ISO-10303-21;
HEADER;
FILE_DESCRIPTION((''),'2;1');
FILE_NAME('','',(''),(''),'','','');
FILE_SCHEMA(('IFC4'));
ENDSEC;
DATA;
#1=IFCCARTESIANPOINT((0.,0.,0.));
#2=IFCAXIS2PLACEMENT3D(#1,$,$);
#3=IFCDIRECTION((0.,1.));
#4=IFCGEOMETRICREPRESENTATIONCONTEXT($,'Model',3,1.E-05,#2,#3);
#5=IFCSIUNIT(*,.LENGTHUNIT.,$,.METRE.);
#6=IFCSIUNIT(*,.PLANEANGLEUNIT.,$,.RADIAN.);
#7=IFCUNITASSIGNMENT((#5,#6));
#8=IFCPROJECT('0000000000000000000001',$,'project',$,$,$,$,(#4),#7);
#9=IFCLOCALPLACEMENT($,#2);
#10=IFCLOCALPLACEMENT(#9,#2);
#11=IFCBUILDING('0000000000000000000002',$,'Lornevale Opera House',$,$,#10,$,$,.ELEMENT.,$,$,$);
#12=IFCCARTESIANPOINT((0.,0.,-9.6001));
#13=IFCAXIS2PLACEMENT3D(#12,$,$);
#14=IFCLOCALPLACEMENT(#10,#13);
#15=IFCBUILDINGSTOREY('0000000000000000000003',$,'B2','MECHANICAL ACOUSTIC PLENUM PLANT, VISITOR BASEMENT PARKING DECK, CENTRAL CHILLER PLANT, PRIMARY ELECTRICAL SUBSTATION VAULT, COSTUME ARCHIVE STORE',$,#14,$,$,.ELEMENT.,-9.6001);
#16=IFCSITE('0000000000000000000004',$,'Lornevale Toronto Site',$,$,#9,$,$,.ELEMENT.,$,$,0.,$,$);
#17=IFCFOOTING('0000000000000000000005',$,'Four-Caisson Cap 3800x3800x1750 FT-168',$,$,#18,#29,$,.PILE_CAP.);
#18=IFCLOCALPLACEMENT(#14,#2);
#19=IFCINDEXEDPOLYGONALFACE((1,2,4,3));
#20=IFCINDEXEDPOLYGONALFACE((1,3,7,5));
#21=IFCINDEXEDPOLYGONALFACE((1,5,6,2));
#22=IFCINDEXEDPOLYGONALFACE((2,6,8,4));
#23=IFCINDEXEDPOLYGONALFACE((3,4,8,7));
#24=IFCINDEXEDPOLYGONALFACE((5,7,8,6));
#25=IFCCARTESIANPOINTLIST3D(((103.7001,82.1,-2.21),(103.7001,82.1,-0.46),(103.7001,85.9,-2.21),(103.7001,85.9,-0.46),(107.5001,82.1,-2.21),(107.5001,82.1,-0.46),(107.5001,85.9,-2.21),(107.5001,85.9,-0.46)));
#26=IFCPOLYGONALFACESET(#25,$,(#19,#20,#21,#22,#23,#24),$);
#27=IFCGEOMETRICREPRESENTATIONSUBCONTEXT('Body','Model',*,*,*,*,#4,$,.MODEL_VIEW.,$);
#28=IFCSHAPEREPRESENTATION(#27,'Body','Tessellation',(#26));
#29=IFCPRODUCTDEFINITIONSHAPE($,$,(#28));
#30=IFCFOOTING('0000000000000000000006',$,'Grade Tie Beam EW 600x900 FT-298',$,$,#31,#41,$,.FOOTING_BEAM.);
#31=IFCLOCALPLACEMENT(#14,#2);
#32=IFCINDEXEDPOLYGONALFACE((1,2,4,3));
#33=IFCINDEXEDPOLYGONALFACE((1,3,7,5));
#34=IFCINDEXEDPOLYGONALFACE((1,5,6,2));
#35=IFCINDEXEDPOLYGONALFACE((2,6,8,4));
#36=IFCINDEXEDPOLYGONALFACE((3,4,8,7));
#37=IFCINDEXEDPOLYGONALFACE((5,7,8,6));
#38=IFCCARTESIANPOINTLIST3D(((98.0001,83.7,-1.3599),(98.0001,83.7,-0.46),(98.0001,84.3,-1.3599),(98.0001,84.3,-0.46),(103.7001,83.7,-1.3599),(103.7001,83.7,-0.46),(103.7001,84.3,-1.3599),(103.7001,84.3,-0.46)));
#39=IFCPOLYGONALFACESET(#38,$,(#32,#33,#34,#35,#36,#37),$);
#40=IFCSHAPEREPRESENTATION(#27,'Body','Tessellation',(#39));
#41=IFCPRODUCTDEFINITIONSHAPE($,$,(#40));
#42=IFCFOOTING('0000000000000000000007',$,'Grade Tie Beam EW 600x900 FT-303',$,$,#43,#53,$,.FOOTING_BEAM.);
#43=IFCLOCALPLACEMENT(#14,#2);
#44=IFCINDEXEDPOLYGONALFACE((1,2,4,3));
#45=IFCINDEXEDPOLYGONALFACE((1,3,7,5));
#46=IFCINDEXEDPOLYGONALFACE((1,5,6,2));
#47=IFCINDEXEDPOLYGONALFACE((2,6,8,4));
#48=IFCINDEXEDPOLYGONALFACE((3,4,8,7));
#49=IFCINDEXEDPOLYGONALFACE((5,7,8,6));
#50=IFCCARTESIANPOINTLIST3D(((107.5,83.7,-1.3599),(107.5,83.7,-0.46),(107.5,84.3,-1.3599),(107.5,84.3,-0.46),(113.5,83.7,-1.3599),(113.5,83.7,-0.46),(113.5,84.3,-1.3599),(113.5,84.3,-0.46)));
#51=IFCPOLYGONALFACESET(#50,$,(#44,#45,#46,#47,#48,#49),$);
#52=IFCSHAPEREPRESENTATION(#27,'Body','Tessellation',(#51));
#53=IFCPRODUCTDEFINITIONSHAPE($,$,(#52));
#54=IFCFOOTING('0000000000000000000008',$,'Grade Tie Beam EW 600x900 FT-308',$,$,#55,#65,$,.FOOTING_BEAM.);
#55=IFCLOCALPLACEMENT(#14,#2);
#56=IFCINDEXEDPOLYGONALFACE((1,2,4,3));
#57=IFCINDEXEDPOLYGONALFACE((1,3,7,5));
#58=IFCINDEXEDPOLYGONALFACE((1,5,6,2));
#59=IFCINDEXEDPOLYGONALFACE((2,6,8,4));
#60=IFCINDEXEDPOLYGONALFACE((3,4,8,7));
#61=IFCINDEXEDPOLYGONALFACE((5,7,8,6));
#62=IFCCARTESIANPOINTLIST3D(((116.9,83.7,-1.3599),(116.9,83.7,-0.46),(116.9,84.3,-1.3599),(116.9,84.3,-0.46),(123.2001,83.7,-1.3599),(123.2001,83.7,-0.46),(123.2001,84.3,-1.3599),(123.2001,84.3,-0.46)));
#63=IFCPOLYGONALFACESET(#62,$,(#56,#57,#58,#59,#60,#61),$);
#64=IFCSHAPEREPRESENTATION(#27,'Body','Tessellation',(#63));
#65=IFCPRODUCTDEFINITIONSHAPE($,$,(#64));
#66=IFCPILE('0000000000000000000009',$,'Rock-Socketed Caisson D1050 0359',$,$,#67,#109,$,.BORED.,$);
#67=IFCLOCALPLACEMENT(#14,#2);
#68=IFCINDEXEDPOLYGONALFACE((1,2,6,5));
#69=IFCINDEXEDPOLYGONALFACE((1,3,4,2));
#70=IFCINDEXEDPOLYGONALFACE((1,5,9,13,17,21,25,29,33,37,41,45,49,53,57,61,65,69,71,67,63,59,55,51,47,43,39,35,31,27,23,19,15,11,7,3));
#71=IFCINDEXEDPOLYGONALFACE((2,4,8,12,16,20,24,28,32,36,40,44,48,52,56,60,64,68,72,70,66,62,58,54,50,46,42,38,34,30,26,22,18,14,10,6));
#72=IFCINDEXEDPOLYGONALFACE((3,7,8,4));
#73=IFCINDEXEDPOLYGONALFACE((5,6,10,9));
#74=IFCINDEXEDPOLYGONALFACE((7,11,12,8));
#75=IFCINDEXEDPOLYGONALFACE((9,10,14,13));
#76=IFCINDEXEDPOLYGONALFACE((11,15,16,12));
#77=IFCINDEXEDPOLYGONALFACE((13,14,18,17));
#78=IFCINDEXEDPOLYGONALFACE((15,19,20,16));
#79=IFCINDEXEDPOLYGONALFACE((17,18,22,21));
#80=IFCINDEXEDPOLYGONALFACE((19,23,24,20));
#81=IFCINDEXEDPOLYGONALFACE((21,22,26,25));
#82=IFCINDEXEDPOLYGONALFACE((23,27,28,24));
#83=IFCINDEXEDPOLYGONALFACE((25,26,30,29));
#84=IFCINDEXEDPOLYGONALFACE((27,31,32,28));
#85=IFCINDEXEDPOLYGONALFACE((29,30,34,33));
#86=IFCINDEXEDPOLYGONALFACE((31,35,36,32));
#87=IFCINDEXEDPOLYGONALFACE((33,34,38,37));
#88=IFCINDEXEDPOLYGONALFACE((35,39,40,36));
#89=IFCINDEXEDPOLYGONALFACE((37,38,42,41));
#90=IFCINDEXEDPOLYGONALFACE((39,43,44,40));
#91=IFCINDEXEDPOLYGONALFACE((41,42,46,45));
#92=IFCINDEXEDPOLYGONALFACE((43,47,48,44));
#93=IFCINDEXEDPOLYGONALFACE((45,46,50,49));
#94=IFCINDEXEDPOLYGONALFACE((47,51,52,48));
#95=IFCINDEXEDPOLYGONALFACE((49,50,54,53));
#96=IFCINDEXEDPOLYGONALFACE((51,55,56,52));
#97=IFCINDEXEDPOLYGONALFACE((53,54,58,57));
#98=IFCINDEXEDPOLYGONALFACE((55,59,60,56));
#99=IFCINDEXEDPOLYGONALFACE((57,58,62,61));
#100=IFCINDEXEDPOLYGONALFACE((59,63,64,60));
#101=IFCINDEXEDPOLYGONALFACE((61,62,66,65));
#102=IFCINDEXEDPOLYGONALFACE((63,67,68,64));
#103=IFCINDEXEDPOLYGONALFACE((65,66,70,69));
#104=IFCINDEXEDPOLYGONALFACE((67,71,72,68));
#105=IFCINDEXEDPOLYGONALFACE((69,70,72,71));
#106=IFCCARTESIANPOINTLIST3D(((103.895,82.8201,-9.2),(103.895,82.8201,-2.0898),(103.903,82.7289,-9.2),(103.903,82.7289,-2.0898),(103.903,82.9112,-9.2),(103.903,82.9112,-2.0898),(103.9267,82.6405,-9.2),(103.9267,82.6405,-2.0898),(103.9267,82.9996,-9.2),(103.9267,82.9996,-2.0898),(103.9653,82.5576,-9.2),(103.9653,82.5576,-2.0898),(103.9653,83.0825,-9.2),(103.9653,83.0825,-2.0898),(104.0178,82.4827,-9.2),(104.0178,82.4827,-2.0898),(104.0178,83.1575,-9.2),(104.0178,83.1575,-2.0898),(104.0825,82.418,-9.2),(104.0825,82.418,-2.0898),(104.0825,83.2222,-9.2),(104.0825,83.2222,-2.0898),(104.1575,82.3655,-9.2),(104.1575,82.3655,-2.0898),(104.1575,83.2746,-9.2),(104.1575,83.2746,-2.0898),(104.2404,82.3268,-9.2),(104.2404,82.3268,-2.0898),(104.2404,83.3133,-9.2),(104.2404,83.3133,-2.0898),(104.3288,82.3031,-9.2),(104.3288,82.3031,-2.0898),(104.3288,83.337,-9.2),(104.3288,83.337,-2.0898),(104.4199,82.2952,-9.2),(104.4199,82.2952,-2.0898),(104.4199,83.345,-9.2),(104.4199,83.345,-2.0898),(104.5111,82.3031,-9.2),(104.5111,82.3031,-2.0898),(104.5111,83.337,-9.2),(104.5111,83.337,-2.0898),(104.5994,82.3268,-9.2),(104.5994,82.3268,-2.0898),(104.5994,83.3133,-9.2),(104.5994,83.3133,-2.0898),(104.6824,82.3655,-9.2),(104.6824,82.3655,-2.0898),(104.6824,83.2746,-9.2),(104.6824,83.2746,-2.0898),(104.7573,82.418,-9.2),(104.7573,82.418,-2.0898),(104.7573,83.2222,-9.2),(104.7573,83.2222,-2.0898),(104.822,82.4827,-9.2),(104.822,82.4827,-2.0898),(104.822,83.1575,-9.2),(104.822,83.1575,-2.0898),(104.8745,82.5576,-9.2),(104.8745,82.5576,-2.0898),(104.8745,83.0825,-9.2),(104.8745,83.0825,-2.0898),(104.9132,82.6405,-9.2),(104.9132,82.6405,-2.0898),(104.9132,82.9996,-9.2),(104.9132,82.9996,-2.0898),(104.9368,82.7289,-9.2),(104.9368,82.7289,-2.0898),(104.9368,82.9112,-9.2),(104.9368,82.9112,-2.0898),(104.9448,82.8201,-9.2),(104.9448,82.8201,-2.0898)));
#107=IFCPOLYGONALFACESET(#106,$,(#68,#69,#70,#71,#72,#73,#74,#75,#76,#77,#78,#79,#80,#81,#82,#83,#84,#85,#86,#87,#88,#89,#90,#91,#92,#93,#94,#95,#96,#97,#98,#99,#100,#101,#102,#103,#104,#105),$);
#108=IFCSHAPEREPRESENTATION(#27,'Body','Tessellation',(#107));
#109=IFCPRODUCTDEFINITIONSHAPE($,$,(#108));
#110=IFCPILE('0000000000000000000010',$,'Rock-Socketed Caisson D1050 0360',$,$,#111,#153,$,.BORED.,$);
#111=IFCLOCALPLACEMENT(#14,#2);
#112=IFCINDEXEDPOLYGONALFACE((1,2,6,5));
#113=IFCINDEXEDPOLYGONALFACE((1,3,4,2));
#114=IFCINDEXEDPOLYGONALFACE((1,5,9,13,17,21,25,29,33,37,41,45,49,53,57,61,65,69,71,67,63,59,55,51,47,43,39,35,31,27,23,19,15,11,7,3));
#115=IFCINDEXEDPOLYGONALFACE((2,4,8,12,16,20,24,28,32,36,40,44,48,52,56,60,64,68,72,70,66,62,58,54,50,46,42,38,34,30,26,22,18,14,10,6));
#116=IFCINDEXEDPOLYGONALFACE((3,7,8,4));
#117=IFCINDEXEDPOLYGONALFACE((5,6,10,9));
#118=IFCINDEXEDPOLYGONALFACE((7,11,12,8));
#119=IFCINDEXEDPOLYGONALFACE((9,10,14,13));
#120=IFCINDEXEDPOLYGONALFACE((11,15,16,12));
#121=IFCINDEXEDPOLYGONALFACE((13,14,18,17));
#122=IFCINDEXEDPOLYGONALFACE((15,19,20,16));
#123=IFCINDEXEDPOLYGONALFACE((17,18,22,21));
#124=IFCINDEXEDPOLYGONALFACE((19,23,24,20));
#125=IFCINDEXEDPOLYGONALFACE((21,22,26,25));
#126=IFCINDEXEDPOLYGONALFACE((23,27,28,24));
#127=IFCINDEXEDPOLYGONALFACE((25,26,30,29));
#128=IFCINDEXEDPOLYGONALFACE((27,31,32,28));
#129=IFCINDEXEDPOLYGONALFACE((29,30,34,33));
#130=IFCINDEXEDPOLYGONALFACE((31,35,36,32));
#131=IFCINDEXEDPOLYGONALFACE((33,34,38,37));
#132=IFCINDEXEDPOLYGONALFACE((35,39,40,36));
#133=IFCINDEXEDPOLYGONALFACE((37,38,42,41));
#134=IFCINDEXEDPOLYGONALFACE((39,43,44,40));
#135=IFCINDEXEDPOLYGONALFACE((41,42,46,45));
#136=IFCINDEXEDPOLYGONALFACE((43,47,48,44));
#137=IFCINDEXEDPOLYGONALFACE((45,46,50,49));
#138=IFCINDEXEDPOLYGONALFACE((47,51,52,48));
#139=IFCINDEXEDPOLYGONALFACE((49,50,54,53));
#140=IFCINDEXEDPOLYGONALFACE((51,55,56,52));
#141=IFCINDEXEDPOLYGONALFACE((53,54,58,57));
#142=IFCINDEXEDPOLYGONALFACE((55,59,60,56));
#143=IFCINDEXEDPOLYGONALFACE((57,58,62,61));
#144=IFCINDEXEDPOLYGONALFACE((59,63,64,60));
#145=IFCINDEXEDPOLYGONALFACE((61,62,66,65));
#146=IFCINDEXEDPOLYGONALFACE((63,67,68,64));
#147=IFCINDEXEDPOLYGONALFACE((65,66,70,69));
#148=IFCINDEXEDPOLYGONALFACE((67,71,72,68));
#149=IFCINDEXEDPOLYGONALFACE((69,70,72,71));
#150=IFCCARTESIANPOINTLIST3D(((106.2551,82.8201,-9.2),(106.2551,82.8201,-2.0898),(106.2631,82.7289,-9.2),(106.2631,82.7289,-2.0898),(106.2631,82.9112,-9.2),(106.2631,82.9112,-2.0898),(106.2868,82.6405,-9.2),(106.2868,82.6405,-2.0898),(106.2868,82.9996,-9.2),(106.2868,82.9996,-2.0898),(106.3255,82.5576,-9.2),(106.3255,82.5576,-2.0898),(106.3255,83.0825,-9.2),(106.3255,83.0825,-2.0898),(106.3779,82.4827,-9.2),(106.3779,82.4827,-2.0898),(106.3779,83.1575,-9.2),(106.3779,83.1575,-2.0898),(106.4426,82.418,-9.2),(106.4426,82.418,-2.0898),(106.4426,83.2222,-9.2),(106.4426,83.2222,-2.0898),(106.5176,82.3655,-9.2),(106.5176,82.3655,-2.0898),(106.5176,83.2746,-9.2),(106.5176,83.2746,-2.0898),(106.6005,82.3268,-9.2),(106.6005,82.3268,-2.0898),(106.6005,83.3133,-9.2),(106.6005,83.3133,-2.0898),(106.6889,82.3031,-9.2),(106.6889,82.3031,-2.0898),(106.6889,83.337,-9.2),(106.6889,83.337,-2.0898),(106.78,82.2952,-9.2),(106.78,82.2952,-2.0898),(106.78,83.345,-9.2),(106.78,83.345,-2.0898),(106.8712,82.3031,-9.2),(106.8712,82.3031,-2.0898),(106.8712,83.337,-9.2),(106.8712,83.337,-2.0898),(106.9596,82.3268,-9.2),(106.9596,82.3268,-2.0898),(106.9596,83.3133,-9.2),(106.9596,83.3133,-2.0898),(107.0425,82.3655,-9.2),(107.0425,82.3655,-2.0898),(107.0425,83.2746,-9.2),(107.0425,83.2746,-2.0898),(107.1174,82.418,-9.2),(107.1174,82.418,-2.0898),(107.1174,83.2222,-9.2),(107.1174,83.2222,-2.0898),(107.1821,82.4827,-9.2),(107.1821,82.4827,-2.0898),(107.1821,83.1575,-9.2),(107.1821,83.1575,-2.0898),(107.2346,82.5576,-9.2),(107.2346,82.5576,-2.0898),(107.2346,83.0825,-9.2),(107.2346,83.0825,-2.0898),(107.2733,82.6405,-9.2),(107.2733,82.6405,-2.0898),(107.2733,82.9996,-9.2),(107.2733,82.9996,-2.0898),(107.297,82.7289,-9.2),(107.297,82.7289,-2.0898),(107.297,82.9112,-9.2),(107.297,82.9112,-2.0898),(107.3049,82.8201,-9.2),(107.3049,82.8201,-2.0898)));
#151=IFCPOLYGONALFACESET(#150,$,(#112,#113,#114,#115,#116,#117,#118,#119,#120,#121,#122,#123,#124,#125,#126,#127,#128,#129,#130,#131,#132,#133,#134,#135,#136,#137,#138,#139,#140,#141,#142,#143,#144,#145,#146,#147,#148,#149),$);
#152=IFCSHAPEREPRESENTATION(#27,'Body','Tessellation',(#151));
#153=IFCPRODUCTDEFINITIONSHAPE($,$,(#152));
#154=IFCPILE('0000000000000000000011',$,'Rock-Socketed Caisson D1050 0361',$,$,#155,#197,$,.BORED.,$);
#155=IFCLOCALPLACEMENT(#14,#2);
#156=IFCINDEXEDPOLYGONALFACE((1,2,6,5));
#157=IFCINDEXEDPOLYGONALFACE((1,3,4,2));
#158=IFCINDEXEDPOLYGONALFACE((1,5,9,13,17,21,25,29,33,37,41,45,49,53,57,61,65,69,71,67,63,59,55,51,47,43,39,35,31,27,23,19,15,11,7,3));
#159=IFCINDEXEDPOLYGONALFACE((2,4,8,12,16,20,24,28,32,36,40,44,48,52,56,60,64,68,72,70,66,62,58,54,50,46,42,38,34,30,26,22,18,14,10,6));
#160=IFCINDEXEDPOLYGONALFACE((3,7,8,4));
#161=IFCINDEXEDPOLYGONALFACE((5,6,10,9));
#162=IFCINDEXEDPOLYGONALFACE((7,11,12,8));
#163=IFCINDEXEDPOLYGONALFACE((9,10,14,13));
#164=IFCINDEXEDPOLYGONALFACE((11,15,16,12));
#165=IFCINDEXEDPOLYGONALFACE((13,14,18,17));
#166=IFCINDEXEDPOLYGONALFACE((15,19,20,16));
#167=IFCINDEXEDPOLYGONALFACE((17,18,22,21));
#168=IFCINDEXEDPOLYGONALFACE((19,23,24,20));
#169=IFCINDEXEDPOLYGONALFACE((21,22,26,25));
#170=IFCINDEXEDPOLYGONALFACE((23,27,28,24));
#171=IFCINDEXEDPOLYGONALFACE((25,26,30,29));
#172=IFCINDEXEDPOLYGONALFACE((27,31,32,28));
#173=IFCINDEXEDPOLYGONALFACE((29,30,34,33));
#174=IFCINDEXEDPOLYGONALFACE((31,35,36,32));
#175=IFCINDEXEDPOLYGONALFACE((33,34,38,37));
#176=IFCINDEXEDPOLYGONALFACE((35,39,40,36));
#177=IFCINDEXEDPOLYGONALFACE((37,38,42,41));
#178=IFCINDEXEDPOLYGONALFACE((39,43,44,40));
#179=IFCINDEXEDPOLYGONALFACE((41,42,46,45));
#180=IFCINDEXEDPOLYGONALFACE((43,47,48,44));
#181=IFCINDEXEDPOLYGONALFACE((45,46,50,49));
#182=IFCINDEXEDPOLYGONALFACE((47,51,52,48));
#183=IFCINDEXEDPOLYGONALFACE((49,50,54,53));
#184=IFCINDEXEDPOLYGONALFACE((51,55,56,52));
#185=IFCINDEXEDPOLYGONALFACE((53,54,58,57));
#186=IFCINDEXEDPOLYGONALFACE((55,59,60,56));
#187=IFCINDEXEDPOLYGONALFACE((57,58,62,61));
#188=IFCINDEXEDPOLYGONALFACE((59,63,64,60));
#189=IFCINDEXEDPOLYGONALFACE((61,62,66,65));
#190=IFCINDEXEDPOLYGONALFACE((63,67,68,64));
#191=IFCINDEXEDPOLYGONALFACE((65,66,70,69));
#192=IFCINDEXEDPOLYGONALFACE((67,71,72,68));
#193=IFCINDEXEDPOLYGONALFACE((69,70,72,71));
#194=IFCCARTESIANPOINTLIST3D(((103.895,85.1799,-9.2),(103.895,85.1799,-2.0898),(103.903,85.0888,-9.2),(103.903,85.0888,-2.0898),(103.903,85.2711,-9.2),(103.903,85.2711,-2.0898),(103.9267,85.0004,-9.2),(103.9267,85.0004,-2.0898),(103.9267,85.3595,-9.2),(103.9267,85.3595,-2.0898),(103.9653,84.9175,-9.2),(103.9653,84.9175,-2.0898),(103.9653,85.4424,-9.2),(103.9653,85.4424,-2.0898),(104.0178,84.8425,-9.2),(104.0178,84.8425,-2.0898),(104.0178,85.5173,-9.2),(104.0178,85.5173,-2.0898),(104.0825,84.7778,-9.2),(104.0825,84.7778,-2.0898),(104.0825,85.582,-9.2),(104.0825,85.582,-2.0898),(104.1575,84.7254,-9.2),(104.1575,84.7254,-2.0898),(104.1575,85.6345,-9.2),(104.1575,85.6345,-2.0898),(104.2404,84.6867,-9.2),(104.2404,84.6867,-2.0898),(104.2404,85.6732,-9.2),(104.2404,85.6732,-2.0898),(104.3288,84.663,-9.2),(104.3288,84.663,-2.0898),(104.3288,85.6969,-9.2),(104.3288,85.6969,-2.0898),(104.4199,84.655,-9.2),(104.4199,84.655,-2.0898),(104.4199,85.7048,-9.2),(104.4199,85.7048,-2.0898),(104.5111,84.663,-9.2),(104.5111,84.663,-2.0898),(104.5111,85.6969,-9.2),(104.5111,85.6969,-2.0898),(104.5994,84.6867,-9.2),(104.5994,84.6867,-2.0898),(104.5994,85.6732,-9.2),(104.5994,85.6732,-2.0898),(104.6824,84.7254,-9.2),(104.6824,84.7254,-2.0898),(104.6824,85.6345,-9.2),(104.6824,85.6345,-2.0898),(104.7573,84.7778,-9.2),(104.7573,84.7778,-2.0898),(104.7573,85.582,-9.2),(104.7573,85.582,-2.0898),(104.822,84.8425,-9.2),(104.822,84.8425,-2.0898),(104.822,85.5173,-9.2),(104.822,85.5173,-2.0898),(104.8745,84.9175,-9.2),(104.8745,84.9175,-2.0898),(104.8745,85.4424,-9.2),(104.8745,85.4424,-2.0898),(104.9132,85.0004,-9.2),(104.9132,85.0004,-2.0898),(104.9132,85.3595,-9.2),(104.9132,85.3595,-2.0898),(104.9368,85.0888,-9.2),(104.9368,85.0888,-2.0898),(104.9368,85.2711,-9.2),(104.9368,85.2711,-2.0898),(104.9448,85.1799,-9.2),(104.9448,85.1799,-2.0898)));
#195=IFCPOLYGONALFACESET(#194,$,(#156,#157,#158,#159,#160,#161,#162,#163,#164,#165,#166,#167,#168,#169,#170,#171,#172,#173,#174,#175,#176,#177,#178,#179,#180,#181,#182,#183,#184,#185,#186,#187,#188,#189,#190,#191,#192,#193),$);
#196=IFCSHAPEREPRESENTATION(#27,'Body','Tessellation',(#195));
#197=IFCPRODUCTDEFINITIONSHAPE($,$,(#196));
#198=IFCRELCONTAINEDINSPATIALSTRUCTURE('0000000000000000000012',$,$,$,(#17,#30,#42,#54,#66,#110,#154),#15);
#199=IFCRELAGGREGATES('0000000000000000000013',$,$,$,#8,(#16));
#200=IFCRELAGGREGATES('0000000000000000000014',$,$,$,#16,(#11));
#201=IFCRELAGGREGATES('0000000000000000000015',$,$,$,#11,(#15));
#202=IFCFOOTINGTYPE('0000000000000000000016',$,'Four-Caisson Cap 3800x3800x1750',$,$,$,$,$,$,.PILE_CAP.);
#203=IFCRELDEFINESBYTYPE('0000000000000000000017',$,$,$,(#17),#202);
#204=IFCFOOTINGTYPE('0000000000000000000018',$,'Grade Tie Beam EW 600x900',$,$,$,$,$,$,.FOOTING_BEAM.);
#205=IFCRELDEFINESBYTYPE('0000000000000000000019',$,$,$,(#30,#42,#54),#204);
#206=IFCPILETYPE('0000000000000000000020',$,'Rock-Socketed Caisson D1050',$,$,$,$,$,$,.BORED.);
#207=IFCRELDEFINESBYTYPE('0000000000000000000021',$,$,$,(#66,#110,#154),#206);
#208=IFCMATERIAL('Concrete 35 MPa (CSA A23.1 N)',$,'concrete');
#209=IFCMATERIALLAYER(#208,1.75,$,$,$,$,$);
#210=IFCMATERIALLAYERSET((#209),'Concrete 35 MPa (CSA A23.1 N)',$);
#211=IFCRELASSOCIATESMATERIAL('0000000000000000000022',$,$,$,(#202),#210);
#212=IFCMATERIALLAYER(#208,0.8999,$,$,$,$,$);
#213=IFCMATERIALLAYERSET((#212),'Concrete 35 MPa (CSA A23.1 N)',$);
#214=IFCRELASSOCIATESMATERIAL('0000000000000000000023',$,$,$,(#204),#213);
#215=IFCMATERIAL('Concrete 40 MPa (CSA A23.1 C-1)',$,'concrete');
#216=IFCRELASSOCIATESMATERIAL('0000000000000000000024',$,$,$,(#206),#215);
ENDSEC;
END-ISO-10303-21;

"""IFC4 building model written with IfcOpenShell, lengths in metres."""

from ifc_helpers import new_model, si_unit, direction, frame, origin, origin_2d, place, context, subcontext, project, spatial, rectangle, circle, extrude, material, layer, layer_set, material_profile, profile_set, type_object, element, save


model = new_model("IFC4")

# Units and contexts
model_context = context("Model", 3, precision=1e-05, world=origin(), true_north=direction((0.0, 1.0)))
body_context = subcontext(model_context, "Body", "Model", "MODEL_VIEW")
ifc_project = project(units=[si_unit("LENGTHUNIT", "METRE"), si_unit("PLANEANGLEUNIT", "RADIAN")], contexts=[model_context])

# Site, building, storey
site_placement = place(None, origin())
site = spatial("IfcSite", under=ifc_project, at=site_placement, Name="Lornevale Toronto Site", CompositionType="ELEMENT", RefElevation=0.0)
building_placement = place(site_placement, origin())
building = spatial("IfcBuilding", under=site, at=building_placement, Name="Lornevale Opera House", CompositionType="ELEMENT")
storey_placement = place(building_placement, frame((0.0, 0.0, -9.6001)))
storey = spatial("IfcBuildingStorey", under=building, at=storey_placement, Name="B2", Description="MECHANICAL ACOUSTIC PLENUM PLANT, VISITOR BASEMENT PARKING DECK, CENTRAL CHILLER PLANT, PRIMARY ELECTRICAL SUBSTATION VAULT, COSTUME ARCHIVE STORE", CompositionType="ELEMENT", Elevation=-9.6001)

# Footings
ifc_material_1 = material(Name="Concrete 35 MPa (CSA A23.1 N)", Category="concrete")
ifc_layer_1 = layer(ifc_material_1, 1.75)
ifc_layer_set_1 = layer_set([ifc_layer_1], Name="Concrete 35 MPa (CSA A23.1 N)")
footing_type_1 = type_object("IfcFootingType", Name="Four-Caisson Cap 3800x3800x1750", PredefinedType="PILE_CAP", material=ifc_layer_set_1)
footing_1_placement = place(storey_placement, frame((105.6001, 84.0, -2.21), z_axis=(0.0, 0.0, 1.0), x_axis=(1.0, 0.0, 0.0)))
element("IfcFooting", 1, at=footing_1_placement, inside=storey, type_object=footing_type_1, Name="Four-Caisson Cap 3800x3800x1750 FT-168", PredefinedType="PILE_CAP", context=body_context, shape_type="SweptSolid", body=[
    extrude(rectangle(XDim=3.8, YDim=3.8, at=origin_2d()), origin(), (0.0, 0.0, 1.0), 1.75),
])
ifc_layer_2 = layer(ifc_material_1, 0.8999)
ifc_layer_set_2 = layer_set([ifc_layer_2], Name="Concrete 35 MPa (CSA A23.1 N)")
footing_type_2 = type_object("IfcFootingType", Name="Grade Tie Beam EW 600x900", PredefinedType="FOOTING_BEAM", material=ifc_layer_set_2)
footing_2_placement = place(storey_placement, frame((100.8501, 84.0, -1.3599), z_axis=(0.0, 0.0, 1.0), x_axis=(1.0, 0.0, 0.0)))
element("IfcFooting", 2, at=footing_2_placement, inside=storey, type_object=footing_type_2, Name="Grade Tie Beam EW 600x900 FT-298", PredefinedType="FOOTING_BEAM", context=body_context, shape_type="SweptSolid", body=[
    extrude(rectangle(XDim=5.7, YDim=0.6001, at=origin_2d()), origin(), (0.0, 0.0, 1.0), 0.8999),
])
footing_3_placement = place(storey_placement, frame((110.5, 84.0, -1.3599), z_axis=(0.0, 0.0, 1.0), x_axis=(1.0, 0.0, 0.0)))
element("IfcFooting", 3, at=footing_3_placement, inside=storey, type_object=footing_type_2, Name="Grade Tie Beam EW 600x900 FT-303", PredefinedType="FOOTING_BEAM", context=body_context, shape_type="SweptSolid", body=[
    extrude(rectangle(XDim=6.0, YDim=0.6001, at=origin_2d()), origin(), (0.0, 0.0, 1.0), 0.8999),
])
footing_4_placement = place(storey_placement, frame((120.05, 84.0, -1.3599), z_axis=(0.0, 0.0, 1.0), x_axis=(1.0, 0.0, 0.0)))
element("IfcFooting", 4, at=footing_4_placement, inside=storey, type_object=footing_type_2, Name="Grade Tie Beam EW 600x900 FT-308", PredefinedType="FOOTING_BEAM", context=body_context, shape_type="SweptSolid", body=[
    extrude(rectangle(XDim=6.3, YDim=0.6001, at=origin_2d()), origin(), (0.0, 0.0, 1.0), 0.8999),
])

# Piles
ifc_material_2 = material(Name="Concrete 40 MPa (CSA A23.1 C-1)", Category="concrete")
ifc_material_profile_1 = material_profile(ifc_material_2, circle(Radius=0.5249, at=origin_2d()), Name="CAIS1050")
ifc_profile_set_1 = profile_set([ifc_material_profile_1], Name="Concrete 40 MPa (CSA A23.1 C-1)")
pile_type_1 = type_object("IfcPileType", Name="Rock-Socketed Caisson D1050", PredefinedType="BORED", material=ifc_profile_set_1)
for number, where, z_axis, x_axis, name in (
    (5, (104.4199, 82.8201, -2.0898), (0.0, 0.0, -1.0), (1.0, 0.0, 0.0), "Rock-Socketed Caisson D1050 0359"),
    (6, (106.78, 82.8201, -2.0898), (0.0, 0.0, -1.0), (1.0, 0.0, 0.0), "Rock-Socketed Caisson D1050 0360"),
    (7, (104.4199, 85.1799, -2.0898), (0.0, 0.0, -1.0), (1.0, 0.0, 0.0), "Rock-Socketed Caisson D1050 0361"),
):
    element("IfcPile", number, at=place(storey_placement, frame(where, z_axis=z_axis, x_axis=x_axis)), inside=storey, type_object=pile_type_1, Name=name, PredefinedType="BORED", context=body_context, shape_type="SweptSolid", body=[
        extrude(circle(Radius=0.5249, at=origin_2d()), origin(), (0.0, 0.0, 1.0), 7.1101),
    ])

save(model, "model.ifc")
